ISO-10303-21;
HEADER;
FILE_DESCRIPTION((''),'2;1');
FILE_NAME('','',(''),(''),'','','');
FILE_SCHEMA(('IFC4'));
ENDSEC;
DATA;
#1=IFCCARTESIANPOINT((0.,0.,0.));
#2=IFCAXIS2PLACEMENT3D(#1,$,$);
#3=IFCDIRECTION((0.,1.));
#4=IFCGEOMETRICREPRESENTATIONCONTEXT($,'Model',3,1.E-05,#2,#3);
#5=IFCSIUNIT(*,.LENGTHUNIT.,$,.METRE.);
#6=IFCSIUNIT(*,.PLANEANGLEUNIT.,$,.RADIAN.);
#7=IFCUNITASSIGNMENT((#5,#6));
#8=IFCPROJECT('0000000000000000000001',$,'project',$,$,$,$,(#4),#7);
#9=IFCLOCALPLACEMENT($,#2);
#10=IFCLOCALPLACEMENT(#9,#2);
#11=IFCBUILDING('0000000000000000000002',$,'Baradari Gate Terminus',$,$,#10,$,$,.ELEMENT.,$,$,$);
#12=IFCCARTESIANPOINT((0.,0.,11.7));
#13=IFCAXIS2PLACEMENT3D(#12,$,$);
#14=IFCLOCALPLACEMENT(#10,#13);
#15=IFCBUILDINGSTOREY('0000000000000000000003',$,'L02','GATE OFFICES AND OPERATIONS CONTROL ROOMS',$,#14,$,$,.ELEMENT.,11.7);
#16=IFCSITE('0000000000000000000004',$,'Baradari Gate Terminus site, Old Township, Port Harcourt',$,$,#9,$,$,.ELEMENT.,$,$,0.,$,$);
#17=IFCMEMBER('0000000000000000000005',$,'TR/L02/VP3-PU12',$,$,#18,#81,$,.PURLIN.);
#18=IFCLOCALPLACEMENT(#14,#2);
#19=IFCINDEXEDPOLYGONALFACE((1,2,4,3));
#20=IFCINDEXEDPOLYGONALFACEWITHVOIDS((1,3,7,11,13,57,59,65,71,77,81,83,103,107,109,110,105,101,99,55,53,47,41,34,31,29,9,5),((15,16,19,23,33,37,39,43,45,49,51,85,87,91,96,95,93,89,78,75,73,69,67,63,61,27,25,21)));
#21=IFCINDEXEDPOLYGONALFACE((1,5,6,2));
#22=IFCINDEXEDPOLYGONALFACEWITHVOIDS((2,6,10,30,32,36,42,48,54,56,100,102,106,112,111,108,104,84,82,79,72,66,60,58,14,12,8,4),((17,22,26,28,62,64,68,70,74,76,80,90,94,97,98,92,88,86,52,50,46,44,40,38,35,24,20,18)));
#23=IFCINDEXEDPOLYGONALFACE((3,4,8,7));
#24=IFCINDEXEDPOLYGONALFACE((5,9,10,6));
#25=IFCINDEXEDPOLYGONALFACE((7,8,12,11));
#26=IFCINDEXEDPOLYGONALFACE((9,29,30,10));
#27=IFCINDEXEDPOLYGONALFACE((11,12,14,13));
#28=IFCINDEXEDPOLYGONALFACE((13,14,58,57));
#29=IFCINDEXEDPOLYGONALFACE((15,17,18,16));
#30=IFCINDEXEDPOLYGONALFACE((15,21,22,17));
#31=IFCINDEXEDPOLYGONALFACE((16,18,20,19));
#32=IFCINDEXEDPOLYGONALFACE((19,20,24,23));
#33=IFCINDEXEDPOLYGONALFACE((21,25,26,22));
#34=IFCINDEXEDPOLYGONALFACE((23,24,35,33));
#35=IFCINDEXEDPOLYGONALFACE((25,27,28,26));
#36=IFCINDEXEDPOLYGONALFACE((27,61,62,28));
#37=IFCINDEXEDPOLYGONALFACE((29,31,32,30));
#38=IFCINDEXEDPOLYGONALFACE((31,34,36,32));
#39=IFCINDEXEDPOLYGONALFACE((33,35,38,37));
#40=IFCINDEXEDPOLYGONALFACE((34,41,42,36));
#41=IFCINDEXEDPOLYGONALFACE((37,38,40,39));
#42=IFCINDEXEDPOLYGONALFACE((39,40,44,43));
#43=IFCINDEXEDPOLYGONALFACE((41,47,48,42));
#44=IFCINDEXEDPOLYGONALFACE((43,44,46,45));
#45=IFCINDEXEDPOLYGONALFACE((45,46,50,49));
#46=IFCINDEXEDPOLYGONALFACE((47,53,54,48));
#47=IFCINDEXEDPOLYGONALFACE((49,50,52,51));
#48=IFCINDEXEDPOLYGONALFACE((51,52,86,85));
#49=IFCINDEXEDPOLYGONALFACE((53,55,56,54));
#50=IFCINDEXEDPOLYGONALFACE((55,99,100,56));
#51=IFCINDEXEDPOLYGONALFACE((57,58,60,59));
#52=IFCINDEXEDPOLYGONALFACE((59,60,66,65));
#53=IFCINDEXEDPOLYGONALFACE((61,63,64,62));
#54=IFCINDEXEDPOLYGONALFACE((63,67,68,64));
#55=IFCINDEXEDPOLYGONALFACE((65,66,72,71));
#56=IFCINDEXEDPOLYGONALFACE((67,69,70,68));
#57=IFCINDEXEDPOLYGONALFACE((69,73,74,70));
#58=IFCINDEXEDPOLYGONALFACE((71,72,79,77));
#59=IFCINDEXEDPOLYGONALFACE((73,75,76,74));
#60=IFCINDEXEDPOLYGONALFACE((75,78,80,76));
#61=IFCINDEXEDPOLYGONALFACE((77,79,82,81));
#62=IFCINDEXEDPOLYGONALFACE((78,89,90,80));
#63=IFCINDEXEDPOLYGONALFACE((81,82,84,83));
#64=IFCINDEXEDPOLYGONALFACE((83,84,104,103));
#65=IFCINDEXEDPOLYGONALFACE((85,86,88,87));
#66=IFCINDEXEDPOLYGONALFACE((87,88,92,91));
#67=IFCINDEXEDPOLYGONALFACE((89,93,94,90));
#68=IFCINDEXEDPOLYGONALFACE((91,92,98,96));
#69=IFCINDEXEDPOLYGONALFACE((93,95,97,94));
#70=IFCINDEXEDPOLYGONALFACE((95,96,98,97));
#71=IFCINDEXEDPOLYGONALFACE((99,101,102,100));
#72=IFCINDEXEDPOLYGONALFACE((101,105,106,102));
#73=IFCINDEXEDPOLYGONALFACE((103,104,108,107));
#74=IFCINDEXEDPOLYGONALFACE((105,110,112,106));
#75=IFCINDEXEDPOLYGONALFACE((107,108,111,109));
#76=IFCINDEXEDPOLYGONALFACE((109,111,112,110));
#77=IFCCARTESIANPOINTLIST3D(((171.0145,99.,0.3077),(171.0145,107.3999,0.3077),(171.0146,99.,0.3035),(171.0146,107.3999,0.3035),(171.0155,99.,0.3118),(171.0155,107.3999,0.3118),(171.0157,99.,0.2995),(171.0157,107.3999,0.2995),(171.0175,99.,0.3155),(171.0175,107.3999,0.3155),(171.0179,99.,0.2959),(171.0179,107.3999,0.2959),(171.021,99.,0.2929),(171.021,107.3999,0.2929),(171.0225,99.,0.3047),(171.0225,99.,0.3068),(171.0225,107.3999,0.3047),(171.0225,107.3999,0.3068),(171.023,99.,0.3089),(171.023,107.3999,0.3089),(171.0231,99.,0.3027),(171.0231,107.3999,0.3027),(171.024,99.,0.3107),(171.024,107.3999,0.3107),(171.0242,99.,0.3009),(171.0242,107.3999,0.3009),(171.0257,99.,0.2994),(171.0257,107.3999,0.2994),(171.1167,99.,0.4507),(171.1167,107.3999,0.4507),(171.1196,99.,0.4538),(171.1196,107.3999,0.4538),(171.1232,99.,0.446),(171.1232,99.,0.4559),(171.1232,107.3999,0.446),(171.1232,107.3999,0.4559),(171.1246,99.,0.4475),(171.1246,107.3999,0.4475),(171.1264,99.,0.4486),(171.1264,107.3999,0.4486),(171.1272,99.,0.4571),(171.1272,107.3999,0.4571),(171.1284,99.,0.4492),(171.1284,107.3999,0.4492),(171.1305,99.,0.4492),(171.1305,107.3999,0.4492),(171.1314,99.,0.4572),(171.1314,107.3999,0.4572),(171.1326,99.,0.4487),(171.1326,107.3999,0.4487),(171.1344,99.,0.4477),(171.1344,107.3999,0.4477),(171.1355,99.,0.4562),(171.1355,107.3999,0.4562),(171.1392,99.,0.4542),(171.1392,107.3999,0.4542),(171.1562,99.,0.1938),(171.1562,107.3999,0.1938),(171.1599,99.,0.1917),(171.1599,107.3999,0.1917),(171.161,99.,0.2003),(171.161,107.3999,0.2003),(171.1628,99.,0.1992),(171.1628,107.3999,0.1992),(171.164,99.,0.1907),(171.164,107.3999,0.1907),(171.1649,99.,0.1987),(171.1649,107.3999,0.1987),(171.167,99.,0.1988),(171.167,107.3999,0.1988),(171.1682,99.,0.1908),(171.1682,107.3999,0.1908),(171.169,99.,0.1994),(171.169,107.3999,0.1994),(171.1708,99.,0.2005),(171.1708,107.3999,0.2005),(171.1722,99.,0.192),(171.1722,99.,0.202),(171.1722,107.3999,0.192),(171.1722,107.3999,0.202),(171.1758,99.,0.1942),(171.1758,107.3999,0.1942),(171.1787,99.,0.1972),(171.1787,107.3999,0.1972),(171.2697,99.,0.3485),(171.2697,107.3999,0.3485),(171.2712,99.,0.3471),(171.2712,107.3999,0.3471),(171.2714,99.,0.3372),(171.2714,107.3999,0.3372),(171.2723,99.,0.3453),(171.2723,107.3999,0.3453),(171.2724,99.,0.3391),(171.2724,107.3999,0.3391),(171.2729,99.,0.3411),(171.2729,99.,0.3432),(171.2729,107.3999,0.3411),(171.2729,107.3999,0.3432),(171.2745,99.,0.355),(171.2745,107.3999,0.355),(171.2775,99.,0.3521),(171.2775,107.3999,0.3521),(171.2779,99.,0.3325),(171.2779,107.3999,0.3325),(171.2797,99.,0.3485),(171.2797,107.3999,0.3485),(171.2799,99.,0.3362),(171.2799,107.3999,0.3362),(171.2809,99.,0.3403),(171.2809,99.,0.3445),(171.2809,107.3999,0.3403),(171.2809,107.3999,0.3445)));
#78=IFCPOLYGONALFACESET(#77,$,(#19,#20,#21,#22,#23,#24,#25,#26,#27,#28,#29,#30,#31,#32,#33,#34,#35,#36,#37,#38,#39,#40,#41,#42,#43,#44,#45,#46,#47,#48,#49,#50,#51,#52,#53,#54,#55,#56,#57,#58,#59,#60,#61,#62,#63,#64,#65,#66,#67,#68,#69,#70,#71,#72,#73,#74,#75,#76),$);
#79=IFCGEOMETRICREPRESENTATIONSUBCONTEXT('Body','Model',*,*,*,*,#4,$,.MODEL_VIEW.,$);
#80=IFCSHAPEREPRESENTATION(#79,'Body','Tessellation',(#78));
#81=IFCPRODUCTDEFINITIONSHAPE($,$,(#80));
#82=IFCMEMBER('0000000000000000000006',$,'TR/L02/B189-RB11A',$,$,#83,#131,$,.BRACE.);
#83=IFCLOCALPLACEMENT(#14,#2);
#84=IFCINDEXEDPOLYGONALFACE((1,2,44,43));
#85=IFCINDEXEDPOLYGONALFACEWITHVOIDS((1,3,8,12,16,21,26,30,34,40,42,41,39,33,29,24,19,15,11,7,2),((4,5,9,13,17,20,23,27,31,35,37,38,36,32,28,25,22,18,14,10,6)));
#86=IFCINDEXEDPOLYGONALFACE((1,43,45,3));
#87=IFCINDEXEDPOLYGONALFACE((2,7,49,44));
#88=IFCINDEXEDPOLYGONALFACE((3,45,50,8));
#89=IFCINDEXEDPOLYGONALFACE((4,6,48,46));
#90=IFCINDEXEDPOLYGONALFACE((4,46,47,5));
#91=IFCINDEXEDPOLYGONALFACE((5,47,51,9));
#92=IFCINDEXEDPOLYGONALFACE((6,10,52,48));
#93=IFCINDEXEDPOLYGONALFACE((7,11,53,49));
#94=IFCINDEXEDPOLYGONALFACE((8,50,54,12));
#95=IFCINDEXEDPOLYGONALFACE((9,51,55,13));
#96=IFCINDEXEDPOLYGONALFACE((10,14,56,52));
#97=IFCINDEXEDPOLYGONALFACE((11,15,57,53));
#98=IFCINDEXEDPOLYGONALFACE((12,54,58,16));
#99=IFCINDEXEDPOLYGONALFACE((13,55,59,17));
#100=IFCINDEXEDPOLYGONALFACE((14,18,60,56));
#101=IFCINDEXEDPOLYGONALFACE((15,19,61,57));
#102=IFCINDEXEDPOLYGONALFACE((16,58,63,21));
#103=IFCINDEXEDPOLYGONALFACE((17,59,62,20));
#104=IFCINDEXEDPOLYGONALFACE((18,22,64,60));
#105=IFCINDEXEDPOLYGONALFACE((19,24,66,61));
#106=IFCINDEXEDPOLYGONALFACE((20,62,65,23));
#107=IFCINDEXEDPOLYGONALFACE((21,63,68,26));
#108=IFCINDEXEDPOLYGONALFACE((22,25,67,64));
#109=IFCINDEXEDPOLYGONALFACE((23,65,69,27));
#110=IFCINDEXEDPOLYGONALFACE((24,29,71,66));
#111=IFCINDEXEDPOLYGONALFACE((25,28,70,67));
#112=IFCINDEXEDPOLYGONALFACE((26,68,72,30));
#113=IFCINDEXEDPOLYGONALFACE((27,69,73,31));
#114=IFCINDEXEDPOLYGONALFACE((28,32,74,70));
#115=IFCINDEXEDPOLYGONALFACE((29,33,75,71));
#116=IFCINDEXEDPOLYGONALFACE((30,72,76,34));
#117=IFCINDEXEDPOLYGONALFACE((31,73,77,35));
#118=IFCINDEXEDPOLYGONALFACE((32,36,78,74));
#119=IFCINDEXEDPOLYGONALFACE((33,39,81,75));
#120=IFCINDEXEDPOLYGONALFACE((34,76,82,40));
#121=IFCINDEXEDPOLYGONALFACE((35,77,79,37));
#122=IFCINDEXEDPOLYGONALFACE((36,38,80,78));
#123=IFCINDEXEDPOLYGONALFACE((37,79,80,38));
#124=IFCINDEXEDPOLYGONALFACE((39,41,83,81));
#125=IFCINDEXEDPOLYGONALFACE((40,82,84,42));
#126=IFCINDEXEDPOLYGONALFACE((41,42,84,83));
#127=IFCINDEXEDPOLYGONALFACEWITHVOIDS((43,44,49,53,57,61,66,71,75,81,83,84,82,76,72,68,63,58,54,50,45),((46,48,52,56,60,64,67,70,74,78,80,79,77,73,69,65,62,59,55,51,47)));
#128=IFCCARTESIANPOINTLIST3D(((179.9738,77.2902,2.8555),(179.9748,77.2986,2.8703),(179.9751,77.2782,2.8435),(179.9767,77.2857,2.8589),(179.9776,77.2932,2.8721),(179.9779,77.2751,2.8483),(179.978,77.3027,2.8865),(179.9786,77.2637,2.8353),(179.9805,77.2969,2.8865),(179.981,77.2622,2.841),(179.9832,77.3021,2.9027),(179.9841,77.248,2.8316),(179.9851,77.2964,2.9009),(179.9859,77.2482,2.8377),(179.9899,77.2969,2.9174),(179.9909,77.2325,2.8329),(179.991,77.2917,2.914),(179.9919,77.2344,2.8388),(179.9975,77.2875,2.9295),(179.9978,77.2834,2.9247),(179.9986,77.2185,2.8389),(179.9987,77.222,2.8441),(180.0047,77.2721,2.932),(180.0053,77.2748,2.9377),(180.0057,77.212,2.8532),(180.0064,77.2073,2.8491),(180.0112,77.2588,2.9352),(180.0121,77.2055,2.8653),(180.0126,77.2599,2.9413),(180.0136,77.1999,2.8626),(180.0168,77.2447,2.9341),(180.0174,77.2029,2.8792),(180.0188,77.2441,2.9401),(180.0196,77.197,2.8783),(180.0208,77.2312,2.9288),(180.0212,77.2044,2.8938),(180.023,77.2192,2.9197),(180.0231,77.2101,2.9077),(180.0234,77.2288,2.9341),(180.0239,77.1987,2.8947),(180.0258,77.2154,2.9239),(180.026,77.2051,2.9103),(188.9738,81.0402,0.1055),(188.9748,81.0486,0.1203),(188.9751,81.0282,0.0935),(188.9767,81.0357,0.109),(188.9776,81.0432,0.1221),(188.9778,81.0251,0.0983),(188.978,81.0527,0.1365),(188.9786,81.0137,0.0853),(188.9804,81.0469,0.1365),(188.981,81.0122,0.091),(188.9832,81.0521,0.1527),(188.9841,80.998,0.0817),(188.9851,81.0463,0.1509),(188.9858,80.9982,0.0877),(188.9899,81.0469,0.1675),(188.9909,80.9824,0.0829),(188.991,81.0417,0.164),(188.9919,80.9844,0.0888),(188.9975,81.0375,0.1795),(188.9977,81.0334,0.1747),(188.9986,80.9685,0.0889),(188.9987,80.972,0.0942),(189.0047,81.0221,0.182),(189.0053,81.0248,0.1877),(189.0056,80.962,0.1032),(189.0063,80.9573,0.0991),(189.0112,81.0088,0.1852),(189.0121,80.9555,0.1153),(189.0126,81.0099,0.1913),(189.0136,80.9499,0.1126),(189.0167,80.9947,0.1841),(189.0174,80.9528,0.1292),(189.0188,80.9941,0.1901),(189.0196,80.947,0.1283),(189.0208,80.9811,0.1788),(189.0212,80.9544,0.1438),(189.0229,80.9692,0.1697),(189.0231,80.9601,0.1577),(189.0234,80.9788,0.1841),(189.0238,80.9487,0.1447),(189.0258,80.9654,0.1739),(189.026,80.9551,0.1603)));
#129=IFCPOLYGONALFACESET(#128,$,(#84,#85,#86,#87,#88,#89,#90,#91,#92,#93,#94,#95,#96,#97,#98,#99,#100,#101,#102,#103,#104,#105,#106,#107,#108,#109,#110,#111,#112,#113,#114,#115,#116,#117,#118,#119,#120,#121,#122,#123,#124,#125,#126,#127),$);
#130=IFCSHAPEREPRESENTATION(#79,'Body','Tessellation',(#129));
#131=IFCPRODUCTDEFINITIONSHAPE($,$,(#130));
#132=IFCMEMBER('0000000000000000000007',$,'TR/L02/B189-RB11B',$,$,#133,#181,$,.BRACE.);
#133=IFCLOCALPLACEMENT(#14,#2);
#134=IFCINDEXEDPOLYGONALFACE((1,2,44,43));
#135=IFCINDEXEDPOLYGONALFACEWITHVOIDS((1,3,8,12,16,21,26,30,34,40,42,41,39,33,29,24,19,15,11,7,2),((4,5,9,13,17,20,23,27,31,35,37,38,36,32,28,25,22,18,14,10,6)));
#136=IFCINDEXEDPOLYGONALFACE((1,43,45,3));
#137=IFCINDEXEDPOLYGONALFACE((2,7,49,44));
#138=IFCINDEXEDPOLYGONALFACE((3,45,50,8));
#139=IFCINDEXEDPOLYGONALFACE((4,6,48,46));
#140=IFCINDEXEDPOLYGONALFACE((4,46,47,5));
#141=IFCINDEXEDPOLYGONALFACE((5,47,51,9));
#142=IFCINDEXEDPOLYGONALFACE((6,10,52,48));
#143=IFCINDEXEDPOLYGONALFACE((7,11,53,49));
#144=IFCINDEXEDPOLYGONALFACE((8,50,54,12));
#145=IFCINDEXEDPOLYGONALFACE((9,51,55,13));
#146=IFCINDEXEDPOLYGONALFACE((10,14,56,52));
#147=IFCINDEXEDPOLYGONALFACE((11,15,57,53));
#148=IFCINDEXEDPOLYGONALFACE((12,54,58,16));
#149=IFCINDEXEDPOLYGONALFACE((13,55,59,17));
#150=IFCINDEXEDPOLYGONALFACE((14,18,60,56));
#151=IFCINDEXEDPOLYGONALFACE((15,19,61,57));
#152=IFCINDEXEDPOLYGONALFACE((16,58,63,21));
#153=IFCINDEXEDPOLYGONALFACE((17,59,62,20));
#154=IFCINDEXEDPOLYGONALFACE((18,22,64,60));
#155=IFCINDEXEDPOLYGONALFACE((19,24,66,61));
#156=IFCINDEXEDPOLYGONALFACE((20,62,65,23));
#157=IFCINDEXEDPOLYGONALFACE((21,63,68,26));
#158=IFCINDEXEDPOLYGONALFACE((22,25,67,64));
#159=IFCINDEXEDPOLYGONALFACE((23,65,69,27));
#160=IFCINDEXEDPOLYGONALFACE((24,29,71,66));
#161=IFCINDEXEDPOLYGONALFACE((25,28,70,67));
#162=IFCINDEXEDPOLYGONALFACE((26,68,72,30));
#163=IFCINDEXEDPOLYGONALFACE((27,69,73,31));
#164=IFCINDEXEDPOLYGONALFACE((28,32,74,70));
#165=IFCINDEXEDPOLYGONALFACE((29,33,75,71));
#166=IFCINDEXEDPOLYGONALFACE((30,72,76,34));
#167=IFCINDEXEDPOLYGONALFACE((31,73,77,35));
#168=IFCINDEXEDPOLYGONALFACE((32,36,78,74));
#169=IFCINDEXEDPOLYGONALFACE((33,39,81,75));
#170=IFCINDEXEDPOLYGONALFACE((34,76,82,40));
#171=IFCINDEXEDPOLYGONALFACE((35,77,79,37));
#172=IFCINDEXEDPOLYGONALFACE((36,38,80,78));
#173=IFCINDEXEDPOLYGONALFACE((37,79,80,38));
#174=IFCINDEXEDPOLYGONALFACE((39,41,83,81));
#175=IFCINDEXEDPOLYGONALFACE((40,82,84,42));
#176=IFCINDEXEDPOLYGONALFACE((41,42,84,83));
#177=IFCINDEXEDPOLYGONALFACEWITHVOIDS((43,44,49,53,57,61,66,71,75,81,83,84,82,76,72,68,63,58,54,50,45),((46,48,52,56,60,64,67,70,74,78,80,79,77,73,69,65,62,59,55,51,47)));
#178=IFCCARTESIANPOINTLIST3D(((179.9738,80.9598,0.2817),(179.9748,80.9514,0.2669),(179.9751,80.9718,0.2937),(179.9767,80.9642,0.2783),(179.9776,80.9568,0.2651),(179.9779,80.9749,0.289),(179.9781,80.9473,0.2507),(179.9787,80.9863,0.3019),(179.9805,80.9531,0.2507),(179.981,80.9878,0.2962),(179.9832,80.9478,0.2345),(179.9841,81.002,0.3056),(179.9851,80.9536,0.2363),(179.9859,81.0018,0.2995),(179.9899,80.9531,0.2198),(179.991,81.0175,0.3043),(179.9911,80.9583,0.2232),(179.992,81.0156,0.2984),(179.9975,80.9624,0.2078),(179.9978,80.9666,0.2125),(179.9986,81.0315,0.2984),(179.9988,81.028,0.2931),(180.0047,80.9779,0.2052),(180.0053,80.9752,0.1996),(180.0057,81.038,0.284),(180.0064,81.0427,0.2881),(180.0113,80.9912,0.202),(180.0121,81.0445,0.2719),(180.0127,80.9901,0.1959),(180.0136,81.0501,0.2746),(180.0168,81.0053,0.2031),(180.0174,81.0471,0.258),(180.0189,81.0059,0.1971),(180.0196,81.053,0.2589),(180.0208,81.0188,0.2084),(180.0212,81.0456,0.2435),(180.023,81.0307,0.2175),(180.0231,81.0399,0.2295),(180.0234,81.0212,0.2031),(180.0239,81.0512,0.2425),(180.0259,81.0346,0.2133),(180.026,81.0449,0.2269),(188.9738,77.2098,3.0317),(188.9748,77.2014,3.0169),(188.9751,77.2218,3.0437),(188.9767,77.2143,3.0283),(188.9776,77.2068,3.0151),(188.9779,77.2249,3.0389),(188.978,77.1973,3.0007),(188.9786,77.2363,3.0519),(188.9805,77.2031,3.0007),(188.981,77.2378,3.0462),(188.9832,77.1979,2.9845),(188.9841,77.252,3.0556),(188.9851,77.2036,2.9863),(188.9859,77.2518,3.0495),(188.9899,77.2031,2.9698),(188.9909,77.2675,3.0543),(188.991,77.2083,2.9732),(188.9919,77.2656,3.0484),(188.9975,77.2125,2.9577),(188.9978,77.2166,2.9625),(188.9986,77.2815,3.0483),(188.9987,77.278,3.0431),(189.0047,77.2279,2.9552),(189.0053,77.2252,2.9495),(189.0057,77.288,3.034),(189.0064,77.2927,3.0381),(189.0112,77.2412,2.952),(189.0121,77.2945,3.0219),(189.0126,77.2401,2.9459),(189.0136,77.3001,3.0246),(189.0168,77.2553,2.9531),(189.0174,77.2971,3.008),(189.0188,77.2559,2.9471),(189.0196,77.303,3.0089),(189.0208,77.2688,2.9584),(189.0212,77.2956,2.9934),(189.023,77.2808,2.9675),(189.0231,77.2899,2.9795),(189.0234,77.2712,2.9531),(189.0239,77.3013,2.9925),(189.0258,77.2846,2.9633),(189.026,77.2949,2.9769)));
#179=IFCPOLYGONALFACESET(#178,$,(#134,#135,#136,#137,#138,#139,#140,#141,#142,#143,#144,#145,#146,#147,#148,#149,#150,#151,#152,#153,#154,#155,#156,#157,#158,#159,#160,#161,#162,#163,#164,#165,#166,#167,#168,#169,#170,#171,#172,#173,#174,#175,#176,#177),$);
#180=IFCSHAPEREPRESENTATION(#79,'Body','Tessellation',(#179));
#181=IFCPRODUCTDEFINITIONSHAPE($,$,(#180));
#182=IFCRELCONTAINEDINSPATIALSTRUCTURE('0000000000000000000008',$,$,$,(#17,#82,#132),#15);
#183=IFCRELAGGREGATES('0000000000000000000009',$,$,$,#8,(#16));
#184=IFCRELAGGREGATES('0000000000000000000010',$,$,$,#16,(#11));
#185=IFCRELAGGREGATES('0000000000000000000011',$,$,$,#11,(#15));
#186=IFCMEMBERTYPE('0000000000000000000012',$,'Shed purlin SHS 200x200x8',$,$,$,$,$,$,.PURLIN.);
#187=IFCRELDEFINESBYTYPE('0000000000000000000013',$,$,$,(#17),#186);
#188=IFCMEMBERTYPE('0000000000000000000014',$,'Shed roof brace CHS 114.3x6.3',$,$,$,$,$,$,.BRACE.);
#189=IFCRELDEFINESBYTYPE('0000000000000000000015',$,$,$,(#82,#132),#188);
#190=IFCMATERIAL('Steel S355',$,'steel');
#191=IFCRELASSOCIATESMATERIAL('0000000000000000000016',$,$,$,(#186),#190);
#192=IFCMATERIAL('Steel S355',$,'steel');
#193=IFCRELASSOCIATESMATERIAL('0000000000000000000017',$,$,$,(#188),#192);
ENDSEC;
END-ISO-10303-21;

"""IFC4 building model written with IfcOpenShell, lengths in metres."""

from ifc_helpers import new_model, si_unit, direction, frame, origin, origin_2d, place, context, subcontext, project, spatial, hollow_rectangle, hollow_circle, extrude, material, material_profile, profile_set, type_object, element, save


model = new_model("IFC4")

# Units and contexts
model_context = context("Model", 3, precision=1e-05, world=origin(), true_north=direction((0.0, 1.0)))
body_context = subcontext(model_context, "Body", "Model", "MODEL_VIEW")
ifc_project = project(units=[si_unit("LENGTHUNIT", "METRE"), si_unit("PLANEANGLEUNIT", "RADIAN")], contexts=[model_context])

# Site, building, storey
site_placement = place(None, origin())
site = spatial("IfcSite", under=ifc_project, at=site_placement, Name="Baradari Gate Terminus site, Old Township, Port Harcourt", CompositionType="ELEMENT", RefElevation=0.0)
building_placement = place(site_placement, origin())
building = spatial("IfcBuilding", under=site, at=building_placement, Name="Baradari Gate Terminus", CompositionType="ELEMENT")
storey_placement = place(building_placement, frame((0.0, 0.0, 11.7)))
storey = spatial("IfcBuildingStorey", under=building, at=storey_placement, Name="L02", Description="GATE OFFICES AND OPERATIONS CONTROL ROOMS", CompositionType="ELEMENT", Elevation=11.7)

# Members
ifc_material_1 = material(Name="Steel S355", Category="steel")
ifc_material_profile_1 = material_profile(ifc_material_1, hollow_rectangle(XDim=0.2, YDim=0.2, WallThickness=0.0081, InnerFilletRadius=0.0081, OuterFilletRadius=0.0161, at=origin_2d()), Name="SHS 200x200x8")
ifc_profile_set_1 = profile_set([ifc_material_profile_1], Name="Steel S355")
member_type_1 = type_object("IfcMemberType", Name="Shed purlin SHS 200x200x8", PredefinedType="PURLIN", material=ifc_profile_set_1)
member_1_placement = place(storey_placement, frame((171.1477, 99.0, 0.324), z_axis=(0.0, 1.0, 0.0), x_axis=(-0.806405, 0.0, 0.591364)))
element("IfcMember", 1, at=member_1_placement, inside=storey, type_object=member_type_1, Name="TR/L02/VP3-PU12", PredefinedType="PURLIN", context=body_context, shape_type="SweptSolid", body=[
    extrude(hollow_rectangle(XDim=0.2, YDim=0.2, WallThickness=0.0081, InnerFilletRadius=0.0081, OuterFilletRadius=0.0161, at=origin_2d()), origin(), (0.0, 0.0, 1.0), 8.3999),
])
ifc_material_2 = material(Name="Steel S355", Category="steel")
ifc_material_profile_2 = material_profile(ifc_material_2, hollow_circle(Radius=0.0571, WallThickness=0.0063, at=origin_2d()), Name="CHS 114.3x6.3")
ifc_profile_set_2 = profile_set([ifc_material_profile_2], Name="Steel S355")
member_type_2 = type_object("IfcMemberType", Name="Shed roof brace CHS 114.3x6.3", PredefinedType="BRACE", material=ifc_profile_set_2)
for number, where, z_axis, x_axis, name in (
    (2, (180.0, 77.25, 2.8865), (0.888415, 0.370173, -0.27146), (-0.384615, 0.923077, 0.0), "TR/L02/B189-RB11A"),
    (3, (189.0, 77.25, 3.0007), (-0.888415, 0.370173, -0.27146), (-0.384615, -0.923077, 0.0), "TR/L02/B189-RB11B"),
):
    element("IfcMember", number, at=place(storey_placement, frame(where, z_axis=z_axis, x_axis=x_axis)), inside=storey, type_object=member_type_2, Name=name, PredefinedType="BRACE", context=body_context, shape_type="SweptSolid", body=[
        extrude(hollow_circle(Radius=0.0571, WallThickness=0.0063, at=origin_2d()), origin(), (0.0, 0.0, 1.0), 10.1304),
    ])

save(model, "model.ifc")
